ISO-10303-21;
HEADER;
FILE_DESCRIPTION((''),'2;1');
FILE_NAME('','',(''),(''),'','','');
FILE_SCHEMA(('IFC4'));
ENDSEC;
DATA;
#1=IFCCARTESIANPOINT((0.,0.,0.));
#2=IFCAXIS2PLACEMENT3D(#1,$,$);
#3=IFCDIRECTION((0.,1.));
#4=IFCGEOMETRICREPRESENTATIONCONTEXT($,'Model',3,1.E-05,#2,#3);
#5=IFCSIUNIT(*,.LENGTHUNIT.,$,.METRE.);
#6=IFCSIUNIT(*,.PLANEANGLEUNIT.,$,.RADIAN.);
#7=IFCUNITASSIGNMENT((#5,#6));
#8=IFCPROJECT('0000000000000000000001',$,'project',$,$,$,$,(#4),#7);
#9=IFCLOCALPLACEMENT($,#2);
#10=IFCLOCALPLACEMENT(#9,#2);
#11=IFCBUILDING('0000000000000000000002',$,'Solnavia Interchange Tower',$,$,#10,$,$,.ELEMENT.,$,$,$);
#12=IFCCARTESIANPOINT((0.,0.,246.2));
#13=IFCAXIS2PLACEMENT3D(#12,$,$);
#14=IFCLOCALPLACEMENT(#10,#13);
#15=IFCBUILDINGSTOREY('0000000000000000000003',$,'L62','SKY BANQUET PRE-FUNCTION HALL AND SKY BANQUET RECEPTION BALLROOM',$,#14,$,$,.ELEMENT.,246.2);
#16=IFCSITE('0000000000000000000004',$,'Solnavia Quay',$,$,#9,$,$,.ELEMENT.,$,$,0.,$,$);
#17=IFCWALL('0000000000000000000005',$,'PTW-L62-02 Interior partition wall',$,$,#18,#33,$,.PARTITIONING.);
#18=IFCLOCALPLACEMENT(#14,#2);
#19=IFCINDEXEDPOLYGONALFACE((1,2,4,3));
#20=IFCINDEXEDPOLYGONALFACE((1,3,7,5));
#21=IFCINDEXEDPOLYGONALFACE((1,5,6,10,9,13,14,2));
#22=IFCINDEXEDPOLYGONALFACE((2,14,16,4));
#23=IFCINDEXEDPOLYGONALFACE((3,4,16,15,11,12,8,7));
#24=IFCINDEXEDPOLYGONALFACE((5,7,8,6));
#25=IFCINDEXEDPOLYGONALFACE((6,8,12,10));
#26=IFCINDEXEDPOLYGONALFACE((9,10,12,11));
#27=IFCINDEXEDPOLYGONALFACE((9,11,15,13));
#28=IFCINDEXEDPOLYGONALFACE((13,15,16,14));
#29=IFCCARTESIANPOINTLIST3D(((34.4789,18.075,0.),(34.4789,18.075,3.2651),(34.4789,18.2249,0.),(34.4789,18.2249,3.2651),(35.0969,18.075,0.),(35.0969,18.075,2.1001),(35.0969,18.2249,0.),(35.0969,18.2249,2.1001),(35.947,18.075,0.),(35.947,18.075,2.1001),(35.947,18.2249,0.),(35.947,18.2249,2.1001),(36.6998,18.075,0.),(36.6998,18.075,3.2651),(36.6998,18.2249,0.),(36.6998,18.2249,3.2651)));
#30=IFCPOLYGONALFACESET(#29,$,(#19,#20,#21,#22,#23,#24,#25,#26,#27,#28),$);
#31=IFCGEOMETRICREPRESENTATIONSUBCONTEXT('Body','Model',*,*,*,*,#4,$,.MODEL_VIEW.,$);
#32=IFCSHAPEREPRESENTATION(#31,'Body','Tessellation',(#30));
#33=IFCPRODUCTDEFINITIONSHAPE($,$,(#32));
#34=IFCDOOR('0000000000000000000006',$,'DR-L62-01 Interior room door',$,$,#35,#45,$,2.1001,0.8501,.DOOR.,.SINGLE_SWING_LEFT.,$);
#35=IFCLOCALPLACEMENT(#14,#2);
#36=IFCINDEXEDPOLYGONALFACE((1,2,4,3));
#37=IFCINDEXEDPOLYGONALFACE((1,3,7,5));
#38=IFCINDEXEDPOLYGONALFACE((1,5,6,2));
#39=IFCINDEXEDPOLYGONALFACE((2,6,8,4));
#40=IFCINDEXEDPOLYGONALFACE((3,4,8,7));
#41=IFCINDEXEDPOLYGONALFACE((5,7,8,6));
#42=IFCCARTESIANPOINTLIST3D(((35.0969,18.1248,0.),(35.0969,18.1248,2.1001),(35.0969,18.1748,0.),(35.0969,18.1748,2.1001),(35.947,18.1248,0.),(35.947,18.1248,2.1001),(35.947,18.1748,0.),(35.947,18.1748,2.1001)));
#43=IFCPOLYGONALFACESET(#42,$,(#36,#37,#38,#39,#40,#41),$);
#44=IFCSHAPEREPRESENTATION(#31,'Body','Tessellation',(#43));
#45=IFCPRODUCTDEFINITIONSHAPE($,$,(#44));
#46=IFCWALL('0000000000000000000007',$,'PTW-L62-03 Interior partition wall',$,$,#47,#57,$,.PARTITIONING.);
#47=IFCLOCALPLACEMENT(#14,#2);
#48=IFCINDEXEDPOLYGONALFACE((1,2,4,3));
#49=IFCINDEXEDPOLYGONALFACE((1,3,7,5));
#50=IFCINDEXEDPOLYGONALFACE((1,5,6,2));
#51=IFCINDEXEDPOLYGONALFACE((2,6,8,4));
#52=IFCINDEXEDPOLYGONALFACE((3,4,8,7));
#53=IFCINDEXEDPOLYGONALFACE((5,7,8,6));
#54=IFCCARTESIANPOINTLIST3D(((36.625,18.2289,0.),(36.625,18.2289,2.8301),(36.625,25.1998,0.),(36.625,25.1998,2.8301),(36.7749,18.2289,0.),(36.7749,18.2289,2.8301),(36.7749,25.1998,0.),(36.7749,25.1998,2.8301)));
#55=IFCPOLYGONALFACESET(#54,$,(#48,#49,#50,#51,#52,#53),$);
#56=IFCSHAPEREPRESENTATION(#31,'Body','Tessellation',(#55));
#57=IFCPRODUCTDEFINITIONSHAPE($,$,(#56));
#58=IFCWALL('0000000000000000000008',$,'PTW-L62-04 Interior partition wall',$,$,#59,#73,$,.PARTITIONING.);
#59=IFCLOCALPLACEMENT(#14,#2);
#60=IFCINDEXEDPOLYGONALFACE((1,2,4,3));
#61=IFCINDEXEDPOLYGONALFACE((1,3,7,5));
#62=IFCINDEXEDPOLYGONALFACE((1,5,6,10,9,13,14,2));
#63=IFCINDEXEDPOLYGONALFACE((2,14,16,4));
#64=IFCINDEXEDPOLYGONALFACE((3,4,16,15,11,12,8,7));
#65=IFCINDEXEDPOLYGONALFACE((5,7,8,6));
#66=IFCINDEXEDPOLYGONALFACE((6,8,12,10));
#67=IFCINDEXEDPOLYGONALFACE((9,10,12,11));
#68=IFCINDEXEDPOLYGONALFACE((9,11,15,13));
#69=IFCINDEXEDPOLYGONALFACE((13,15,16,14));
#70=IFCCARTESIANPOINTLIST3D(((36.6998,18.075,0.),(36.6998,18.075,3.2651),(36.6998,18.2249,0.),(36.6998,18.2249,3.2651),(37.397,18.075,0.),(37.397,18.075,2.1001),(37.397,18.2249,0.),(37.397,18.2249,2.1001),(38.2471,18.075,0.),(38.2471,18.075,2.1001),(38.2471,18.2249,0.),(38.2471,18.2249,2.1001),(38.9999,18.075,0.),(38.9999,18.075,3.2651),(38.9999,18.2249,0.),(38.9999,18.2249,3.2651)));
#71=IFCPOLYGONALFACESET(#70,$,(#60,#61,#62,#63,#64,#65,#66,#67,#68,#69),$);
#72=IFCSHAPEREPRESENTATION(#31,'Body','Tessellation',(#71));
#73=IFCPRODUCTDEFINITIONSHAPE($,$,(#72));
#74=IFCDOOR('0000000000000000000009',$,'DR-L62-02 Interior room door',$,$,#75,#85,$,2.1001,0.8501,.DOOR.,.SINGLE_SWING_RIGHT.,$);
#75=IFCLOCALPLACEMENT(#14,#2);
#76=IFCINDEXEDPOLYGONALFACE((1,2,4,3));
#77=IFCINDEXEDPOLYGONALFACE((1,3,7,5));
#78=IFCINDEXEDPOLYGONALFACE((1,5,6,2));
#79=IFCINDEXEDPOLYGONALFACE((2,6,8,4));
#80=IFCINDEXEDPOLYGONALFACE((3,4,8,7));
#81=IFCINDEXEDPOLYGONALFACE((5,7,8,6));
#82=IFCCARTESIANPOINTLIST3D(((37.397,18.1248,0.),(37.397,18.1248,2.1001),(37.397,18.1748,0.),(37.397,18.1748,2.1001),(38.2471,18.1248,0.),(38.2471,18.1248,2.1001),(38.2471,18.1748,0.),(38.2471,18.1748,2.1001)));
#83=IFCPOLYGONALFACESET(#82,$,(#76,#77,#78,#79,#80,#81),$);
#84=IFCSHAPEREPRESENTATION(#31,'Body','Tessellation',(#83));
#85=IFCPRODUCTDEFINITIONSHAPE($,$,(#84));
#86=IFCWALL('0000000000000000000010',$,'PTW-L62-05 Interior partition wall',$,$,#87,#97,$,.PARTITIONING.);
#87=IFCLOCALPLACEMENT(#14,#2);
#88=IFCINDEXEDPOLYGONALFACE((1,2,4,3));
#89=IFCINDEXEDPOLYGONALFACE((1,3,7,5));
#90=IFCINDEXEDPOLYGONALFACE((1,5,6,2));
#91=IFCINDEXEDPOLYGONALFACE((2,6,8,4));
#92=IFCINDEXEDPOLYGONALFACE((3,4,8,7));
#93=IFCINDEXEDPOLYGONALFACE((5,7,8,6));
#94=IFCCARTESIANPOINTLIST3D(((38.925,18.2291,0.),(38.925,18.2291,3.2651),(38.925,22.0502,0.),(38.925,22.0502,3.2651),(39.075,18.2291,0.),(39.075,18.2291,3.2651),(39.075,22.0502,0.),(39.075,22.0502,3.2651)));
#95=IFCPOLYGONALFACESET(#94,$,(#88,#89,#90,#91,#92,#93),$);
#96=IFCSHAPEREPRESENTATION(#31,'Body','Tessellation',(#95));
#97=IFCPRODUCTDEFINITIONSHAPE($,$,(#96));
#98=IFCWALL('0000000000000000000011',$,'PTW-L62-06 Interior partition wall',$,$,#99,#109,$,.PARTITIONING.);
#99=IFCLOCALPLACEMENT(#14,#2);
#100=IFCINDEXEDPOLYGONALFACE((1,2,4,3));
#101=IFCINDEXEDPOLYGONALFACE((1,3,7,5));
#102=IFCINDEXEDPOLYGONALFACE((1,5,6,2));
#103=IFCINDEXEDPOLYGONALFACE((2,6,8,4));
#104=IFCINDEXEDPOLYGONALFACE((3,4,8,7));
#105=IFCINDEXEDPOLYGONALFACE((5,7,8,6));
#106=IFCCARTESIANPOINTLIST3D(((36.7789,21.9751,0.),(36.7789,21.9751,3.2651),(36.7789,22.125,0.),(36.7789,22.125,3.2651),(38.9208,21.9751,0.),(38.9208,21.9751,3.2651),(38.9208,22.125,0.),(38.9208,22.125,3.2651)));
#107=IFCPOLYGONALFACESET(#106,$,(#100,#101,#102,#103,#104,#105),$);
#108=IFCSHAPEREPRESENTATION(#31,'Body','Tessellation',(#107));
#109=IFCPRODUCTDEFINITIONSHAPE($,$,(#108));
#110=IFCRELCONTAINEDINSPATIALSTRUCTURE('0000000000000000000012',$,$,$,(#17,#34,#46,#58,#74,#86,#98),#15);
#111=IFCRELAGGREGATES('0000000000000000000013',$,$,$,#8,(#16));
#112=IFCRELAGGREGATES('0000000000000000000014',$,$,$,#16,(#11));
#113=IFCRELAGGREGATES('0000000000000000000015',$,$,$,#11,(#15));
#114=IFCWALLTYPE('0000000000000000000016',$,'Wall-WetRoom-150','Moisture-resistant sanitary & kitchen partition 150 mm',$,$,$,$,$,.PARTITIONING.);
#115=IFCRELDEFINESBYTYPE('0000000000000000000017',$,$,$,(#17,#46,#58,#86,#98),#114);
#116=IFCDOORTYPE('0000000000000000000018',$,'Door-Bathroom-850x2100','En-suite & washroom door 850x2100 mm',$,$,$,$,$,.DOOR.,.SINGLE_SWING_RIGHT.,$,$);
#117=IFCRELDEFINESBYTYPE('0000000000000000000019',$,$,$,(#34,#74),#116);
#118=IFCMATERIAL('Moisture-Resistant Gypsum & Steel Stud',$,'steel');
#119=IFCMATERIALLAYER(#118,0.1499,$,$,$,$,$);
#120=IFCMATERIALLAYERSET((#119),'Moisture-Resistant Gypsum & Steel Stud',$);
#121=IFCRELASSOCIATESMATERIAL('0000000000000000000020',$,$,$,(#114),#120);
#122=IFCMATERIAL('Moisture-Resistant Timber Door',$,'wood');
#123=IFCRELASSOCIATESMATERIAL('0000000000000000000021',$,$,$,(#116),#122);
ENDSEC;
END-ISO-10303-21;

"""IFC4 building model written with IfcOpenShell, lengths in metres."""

from ifc_helpers import new_model, si_unit, direction, frame, frame_2d, origin, place, context, subcontext, project, spatial, rectangle, extrude, material, layer, layer_set, type_object, element, fill, save


model = new_model("IFC4")

# Units and contexts
model_context = context("Model", 3, precision=1e-05, world=origin(), true_north=direction((0.0, 1.0)))
body_context = subcontext(model_context, "Body", "Model", "MODEL_VIEW")
ifc_project = project(units=[si_unit("LENGTHUNIT", "METRE"), si_unit("PLANEANGLEUNIT", "RADIAN")], contexts=[model_context])

# Site, building, storey
site_placement = place(None, origin())
site = spatial("IfcSite", under=ifc_project, at=site_placement, Name="Solnavia Quay", CompositionType="ELEMENT", RefElevation=0.0)
building_placement = place(site_placement, origin())
building = spatial("IfcBuilding", under=site, at=building_placement, Name="Solnavia Interchange Tower", CompositionType="ELEMENT")
storey_placement = place(building_placement, frame((0.0, 0.0, 246.2)))
storey = spatial("IfcBuildingStorey", under=building, at=storey_placement, Name="L62", Description="SKY BANQUET PRE-FUNCTION HALL AND SKY BANQUET RECEPTION BALLROOM", CompositionType="ELEMENT", Elevation=246.2)

# Shared definitions
ifc_material_1 = material(Name="Moisture-Resistant Gypsum & Steel Stud", Category="steel")
ifc_layer_1 = layer(ifc_material_1, 0.1499)
ifc_layer_set_1 = layer_set([ifc_layer_1], Name="Moisture-Resistant Gypsum & Steel Stud")
wall_type_1 = type_object("IfcWallType", Name="Wall-WetRoom-150", Description="Moisture-resistant sanitary & kitchen partition 150 mm", PredefinedType="PARTITIONING", material=ifc_layer_set_1)

# Wall, opening, door
wall_1_placement = place(storey_placement, frame((34.479, 18.1499, 0.0), z_axis=(0.0, 0.0, 1.0), x_axis=(1.0, 0.0, 0.0)))
wall_1 = element("IfcWall", 1, at=wall_1_placement, inside=storey, type_object=wall_type_1, Name="PTW-L62-02 Interior partition wall", PredefinedType="PARTITIONING", context=body_context, shape_type="SweptSolid", body=[
    extrude(rectangle(XDim=2.2209, YDim=0.1499, at=frame_2d((1.1104, 0.0))), origin(), (0.0, 0.0, 1.0), 3.2651),
])
opening_1_placement = place(wall_1_placement, frame((0.6179, 0.0, 0.0)))
opening_1 = element("IfcOpeningElement", 2, at=opening_1_placement, cuts=wall_1, PredefinedType="OPENING", context=body_context, shape_type="SweptSolid", body=[
    extrude(rectangle(XDim=0.8501, YDim=2.1001, at=frame_2d((0.425, 1.05))), frame((0.0, 0.085, 0.0), z_axis=(0.0, -1.0, 0.0), x_axis=(1.0, 0.0, 0.0)), (0.0, 0.0, 1.0), 0.1699),
])
ifc_material_2 = material(Name="Moisture-Resistant Timber Door", Category="wood")
door_type_1 = type_object("IfcDoorType", Name="Door-Bathroom-850x2100", Description="En-suite & washroom door 850x2100 mm", OperationType="SINGLE_SWING_RIGHT", PredefinedType="DOOR", material=ifc_material_2)
door_1_placement = place(opening_1_placement, origin())
door_1 = element("IfcDoor", 3, at=door_1_placement, inside=storey, type_object=door_type_1, Name="DR-L62-01 Interior room door", OperationType="SINGLE_SWING_LEFT", OverallHeight=2.1001, OverallWidth=0.8501, PredefinedType="DOOR", context=body_context, shape_type="SweptSolid", body=[
    extrude(rectangle(XDim=0.8501, YDim=2.1001, at=frame_2d((0.425, 1.05))), frame((0.0, 0.0249, 0.0), z_axis=(0.0, -1.0, 0.0), x_axis=(1.0, 0.0, 0.0)), (0.0, 0.0, 1.0), 0.05),
])
fill(opening_1, door_1)

# Wall
wall_2_placement = place(storey_placement, frame((36.7, 18.229, 0.0), z_axis=(0.0, 0.0, 1.0), x_axis=(0.0, 1.0, 0.0)))
element("IfcWall", 4, at=wall_2_placement, inside=storey, type_object=wall_type_1, Name="PTW-L62-03 Interior partition wall", PredefinedType="PARTITIONING", context=body_context, shape_type="SweptSolid", body=[
    extrude(rectangle(XDim=6.9709, YDim=0.1499, at=frame_2d((3.4854, 0.0))), origin(), (0.0, 0.0, 1.0), 2.8301),
])

# Wall, opening, door
wall_3_placement = place(storey_placement, frame((36.7, 18.1499, 0.0), z_axis=(0.0, 0.0, 1.0), x_axis=(1.0, 0.0, 0.0)))
wall_3 = element("IfcWall", 5, at=wall_3_placement, inside=storey, type_object=wall_type_1, Name="PTW-L62-04 Interior partition wall", PredefinedType="PARTITIONING", context=body_context, shape_type="SweptSolid", body=[
    extrude(rectangle(XDim=2.3, YDim=0.1499, at=frame_2d((1.1499, 0.0))), origin(), (0.0, 0.0, 1.0), 3.2651),
])
opening_2_placement = place(wall_3_placement, frame((0.697, 0.0, 0.0)))
opening_2 = element("IfcOpeningElement", 6, at=opening_2_placement, cuts=wall_3, PredefinedType="OPENING", context=body_context, shape_type="SweptSolid", body=[
    extrude(rectangle(XDim=0.8501, YDim=2.1001, at=frame_2d((0.425, 1.05))), frame((0.0, 0.085, 0.0), z_axis=(0.0, -1.0, 0.0), x_axis=(1.0, 0.0, 0.0)), (0.0, 0.0, 1.0), 0.1699),
])
door_2_placement = place(opening_2_placement, origin())
door_2 = element("IfcDoor", 7, at=door_2_placement, inside=storey, type_object=door_type_1, Name="DR-L62-02 Interior room door", OperationType="SINGLE_SWING_RIGHT", OverallHeight=2.1001, OverallWidth=0.8501, PredefinedType="DOOR", context=body_context, shape_type="SweptSolid", body=[
    extrude(rectangle(XDim=0.8501, YDim=2.1001, at=frame_2d((0.425, 1.05))), frame((0.0, 0.0249, 0.0), z_axis=(0.0, -1.0, 0.0), x_axis=(1.0, 0.0, 0.0)), (0.0, 0.0, 1.0), 0.05),
])
fill(opening_2, door_2)

# Walls
wall_4_placement = place(storey_placement, frame((39.0, 18.229, 0.0), z_axis=(0.0, 0.0, 1.0), x_axis=(0.0, 1.0, 0.0)))
element("IfcWall", 8, at=wall_4_placement, inside=storey, type_object=wall_type_1, Name="PTW-L62-05 Interior partition wall", PredefinedType="PARTITIONING", context=body_context, shape_type="SweptSolid", body=[
    extrude(rectangle(XDim=3.821, YDim=0.1499, at=frame_2d((1.9106, 0.0))), origin(), (0.0, 0.0, 1.0), 3.2651),
])
wall_5_placement = place(storey_placement, frame((36.7791, 22.05, 0.0), z_axis=(0.0, 0.0, 1.0), x_axis=(1.0, 0.0, 0.0)))
element("IfcWall", 9, at=wall_5_placement, inside=storey, type_object=wall_type_1, Name="PTW-L62-06 Interior partition wall", PredefinedType="PARTITIONING", context=body_context, shape_type="SweptSolid", body=[
    extrude(rectangle(XDim=2.1418, YDim=0.1499, at=frame_2d((1.0708, 0.0))), origin(), (0.0, 0.0, 1.0), 3.2651),
])

save(model, "model.ifc")
